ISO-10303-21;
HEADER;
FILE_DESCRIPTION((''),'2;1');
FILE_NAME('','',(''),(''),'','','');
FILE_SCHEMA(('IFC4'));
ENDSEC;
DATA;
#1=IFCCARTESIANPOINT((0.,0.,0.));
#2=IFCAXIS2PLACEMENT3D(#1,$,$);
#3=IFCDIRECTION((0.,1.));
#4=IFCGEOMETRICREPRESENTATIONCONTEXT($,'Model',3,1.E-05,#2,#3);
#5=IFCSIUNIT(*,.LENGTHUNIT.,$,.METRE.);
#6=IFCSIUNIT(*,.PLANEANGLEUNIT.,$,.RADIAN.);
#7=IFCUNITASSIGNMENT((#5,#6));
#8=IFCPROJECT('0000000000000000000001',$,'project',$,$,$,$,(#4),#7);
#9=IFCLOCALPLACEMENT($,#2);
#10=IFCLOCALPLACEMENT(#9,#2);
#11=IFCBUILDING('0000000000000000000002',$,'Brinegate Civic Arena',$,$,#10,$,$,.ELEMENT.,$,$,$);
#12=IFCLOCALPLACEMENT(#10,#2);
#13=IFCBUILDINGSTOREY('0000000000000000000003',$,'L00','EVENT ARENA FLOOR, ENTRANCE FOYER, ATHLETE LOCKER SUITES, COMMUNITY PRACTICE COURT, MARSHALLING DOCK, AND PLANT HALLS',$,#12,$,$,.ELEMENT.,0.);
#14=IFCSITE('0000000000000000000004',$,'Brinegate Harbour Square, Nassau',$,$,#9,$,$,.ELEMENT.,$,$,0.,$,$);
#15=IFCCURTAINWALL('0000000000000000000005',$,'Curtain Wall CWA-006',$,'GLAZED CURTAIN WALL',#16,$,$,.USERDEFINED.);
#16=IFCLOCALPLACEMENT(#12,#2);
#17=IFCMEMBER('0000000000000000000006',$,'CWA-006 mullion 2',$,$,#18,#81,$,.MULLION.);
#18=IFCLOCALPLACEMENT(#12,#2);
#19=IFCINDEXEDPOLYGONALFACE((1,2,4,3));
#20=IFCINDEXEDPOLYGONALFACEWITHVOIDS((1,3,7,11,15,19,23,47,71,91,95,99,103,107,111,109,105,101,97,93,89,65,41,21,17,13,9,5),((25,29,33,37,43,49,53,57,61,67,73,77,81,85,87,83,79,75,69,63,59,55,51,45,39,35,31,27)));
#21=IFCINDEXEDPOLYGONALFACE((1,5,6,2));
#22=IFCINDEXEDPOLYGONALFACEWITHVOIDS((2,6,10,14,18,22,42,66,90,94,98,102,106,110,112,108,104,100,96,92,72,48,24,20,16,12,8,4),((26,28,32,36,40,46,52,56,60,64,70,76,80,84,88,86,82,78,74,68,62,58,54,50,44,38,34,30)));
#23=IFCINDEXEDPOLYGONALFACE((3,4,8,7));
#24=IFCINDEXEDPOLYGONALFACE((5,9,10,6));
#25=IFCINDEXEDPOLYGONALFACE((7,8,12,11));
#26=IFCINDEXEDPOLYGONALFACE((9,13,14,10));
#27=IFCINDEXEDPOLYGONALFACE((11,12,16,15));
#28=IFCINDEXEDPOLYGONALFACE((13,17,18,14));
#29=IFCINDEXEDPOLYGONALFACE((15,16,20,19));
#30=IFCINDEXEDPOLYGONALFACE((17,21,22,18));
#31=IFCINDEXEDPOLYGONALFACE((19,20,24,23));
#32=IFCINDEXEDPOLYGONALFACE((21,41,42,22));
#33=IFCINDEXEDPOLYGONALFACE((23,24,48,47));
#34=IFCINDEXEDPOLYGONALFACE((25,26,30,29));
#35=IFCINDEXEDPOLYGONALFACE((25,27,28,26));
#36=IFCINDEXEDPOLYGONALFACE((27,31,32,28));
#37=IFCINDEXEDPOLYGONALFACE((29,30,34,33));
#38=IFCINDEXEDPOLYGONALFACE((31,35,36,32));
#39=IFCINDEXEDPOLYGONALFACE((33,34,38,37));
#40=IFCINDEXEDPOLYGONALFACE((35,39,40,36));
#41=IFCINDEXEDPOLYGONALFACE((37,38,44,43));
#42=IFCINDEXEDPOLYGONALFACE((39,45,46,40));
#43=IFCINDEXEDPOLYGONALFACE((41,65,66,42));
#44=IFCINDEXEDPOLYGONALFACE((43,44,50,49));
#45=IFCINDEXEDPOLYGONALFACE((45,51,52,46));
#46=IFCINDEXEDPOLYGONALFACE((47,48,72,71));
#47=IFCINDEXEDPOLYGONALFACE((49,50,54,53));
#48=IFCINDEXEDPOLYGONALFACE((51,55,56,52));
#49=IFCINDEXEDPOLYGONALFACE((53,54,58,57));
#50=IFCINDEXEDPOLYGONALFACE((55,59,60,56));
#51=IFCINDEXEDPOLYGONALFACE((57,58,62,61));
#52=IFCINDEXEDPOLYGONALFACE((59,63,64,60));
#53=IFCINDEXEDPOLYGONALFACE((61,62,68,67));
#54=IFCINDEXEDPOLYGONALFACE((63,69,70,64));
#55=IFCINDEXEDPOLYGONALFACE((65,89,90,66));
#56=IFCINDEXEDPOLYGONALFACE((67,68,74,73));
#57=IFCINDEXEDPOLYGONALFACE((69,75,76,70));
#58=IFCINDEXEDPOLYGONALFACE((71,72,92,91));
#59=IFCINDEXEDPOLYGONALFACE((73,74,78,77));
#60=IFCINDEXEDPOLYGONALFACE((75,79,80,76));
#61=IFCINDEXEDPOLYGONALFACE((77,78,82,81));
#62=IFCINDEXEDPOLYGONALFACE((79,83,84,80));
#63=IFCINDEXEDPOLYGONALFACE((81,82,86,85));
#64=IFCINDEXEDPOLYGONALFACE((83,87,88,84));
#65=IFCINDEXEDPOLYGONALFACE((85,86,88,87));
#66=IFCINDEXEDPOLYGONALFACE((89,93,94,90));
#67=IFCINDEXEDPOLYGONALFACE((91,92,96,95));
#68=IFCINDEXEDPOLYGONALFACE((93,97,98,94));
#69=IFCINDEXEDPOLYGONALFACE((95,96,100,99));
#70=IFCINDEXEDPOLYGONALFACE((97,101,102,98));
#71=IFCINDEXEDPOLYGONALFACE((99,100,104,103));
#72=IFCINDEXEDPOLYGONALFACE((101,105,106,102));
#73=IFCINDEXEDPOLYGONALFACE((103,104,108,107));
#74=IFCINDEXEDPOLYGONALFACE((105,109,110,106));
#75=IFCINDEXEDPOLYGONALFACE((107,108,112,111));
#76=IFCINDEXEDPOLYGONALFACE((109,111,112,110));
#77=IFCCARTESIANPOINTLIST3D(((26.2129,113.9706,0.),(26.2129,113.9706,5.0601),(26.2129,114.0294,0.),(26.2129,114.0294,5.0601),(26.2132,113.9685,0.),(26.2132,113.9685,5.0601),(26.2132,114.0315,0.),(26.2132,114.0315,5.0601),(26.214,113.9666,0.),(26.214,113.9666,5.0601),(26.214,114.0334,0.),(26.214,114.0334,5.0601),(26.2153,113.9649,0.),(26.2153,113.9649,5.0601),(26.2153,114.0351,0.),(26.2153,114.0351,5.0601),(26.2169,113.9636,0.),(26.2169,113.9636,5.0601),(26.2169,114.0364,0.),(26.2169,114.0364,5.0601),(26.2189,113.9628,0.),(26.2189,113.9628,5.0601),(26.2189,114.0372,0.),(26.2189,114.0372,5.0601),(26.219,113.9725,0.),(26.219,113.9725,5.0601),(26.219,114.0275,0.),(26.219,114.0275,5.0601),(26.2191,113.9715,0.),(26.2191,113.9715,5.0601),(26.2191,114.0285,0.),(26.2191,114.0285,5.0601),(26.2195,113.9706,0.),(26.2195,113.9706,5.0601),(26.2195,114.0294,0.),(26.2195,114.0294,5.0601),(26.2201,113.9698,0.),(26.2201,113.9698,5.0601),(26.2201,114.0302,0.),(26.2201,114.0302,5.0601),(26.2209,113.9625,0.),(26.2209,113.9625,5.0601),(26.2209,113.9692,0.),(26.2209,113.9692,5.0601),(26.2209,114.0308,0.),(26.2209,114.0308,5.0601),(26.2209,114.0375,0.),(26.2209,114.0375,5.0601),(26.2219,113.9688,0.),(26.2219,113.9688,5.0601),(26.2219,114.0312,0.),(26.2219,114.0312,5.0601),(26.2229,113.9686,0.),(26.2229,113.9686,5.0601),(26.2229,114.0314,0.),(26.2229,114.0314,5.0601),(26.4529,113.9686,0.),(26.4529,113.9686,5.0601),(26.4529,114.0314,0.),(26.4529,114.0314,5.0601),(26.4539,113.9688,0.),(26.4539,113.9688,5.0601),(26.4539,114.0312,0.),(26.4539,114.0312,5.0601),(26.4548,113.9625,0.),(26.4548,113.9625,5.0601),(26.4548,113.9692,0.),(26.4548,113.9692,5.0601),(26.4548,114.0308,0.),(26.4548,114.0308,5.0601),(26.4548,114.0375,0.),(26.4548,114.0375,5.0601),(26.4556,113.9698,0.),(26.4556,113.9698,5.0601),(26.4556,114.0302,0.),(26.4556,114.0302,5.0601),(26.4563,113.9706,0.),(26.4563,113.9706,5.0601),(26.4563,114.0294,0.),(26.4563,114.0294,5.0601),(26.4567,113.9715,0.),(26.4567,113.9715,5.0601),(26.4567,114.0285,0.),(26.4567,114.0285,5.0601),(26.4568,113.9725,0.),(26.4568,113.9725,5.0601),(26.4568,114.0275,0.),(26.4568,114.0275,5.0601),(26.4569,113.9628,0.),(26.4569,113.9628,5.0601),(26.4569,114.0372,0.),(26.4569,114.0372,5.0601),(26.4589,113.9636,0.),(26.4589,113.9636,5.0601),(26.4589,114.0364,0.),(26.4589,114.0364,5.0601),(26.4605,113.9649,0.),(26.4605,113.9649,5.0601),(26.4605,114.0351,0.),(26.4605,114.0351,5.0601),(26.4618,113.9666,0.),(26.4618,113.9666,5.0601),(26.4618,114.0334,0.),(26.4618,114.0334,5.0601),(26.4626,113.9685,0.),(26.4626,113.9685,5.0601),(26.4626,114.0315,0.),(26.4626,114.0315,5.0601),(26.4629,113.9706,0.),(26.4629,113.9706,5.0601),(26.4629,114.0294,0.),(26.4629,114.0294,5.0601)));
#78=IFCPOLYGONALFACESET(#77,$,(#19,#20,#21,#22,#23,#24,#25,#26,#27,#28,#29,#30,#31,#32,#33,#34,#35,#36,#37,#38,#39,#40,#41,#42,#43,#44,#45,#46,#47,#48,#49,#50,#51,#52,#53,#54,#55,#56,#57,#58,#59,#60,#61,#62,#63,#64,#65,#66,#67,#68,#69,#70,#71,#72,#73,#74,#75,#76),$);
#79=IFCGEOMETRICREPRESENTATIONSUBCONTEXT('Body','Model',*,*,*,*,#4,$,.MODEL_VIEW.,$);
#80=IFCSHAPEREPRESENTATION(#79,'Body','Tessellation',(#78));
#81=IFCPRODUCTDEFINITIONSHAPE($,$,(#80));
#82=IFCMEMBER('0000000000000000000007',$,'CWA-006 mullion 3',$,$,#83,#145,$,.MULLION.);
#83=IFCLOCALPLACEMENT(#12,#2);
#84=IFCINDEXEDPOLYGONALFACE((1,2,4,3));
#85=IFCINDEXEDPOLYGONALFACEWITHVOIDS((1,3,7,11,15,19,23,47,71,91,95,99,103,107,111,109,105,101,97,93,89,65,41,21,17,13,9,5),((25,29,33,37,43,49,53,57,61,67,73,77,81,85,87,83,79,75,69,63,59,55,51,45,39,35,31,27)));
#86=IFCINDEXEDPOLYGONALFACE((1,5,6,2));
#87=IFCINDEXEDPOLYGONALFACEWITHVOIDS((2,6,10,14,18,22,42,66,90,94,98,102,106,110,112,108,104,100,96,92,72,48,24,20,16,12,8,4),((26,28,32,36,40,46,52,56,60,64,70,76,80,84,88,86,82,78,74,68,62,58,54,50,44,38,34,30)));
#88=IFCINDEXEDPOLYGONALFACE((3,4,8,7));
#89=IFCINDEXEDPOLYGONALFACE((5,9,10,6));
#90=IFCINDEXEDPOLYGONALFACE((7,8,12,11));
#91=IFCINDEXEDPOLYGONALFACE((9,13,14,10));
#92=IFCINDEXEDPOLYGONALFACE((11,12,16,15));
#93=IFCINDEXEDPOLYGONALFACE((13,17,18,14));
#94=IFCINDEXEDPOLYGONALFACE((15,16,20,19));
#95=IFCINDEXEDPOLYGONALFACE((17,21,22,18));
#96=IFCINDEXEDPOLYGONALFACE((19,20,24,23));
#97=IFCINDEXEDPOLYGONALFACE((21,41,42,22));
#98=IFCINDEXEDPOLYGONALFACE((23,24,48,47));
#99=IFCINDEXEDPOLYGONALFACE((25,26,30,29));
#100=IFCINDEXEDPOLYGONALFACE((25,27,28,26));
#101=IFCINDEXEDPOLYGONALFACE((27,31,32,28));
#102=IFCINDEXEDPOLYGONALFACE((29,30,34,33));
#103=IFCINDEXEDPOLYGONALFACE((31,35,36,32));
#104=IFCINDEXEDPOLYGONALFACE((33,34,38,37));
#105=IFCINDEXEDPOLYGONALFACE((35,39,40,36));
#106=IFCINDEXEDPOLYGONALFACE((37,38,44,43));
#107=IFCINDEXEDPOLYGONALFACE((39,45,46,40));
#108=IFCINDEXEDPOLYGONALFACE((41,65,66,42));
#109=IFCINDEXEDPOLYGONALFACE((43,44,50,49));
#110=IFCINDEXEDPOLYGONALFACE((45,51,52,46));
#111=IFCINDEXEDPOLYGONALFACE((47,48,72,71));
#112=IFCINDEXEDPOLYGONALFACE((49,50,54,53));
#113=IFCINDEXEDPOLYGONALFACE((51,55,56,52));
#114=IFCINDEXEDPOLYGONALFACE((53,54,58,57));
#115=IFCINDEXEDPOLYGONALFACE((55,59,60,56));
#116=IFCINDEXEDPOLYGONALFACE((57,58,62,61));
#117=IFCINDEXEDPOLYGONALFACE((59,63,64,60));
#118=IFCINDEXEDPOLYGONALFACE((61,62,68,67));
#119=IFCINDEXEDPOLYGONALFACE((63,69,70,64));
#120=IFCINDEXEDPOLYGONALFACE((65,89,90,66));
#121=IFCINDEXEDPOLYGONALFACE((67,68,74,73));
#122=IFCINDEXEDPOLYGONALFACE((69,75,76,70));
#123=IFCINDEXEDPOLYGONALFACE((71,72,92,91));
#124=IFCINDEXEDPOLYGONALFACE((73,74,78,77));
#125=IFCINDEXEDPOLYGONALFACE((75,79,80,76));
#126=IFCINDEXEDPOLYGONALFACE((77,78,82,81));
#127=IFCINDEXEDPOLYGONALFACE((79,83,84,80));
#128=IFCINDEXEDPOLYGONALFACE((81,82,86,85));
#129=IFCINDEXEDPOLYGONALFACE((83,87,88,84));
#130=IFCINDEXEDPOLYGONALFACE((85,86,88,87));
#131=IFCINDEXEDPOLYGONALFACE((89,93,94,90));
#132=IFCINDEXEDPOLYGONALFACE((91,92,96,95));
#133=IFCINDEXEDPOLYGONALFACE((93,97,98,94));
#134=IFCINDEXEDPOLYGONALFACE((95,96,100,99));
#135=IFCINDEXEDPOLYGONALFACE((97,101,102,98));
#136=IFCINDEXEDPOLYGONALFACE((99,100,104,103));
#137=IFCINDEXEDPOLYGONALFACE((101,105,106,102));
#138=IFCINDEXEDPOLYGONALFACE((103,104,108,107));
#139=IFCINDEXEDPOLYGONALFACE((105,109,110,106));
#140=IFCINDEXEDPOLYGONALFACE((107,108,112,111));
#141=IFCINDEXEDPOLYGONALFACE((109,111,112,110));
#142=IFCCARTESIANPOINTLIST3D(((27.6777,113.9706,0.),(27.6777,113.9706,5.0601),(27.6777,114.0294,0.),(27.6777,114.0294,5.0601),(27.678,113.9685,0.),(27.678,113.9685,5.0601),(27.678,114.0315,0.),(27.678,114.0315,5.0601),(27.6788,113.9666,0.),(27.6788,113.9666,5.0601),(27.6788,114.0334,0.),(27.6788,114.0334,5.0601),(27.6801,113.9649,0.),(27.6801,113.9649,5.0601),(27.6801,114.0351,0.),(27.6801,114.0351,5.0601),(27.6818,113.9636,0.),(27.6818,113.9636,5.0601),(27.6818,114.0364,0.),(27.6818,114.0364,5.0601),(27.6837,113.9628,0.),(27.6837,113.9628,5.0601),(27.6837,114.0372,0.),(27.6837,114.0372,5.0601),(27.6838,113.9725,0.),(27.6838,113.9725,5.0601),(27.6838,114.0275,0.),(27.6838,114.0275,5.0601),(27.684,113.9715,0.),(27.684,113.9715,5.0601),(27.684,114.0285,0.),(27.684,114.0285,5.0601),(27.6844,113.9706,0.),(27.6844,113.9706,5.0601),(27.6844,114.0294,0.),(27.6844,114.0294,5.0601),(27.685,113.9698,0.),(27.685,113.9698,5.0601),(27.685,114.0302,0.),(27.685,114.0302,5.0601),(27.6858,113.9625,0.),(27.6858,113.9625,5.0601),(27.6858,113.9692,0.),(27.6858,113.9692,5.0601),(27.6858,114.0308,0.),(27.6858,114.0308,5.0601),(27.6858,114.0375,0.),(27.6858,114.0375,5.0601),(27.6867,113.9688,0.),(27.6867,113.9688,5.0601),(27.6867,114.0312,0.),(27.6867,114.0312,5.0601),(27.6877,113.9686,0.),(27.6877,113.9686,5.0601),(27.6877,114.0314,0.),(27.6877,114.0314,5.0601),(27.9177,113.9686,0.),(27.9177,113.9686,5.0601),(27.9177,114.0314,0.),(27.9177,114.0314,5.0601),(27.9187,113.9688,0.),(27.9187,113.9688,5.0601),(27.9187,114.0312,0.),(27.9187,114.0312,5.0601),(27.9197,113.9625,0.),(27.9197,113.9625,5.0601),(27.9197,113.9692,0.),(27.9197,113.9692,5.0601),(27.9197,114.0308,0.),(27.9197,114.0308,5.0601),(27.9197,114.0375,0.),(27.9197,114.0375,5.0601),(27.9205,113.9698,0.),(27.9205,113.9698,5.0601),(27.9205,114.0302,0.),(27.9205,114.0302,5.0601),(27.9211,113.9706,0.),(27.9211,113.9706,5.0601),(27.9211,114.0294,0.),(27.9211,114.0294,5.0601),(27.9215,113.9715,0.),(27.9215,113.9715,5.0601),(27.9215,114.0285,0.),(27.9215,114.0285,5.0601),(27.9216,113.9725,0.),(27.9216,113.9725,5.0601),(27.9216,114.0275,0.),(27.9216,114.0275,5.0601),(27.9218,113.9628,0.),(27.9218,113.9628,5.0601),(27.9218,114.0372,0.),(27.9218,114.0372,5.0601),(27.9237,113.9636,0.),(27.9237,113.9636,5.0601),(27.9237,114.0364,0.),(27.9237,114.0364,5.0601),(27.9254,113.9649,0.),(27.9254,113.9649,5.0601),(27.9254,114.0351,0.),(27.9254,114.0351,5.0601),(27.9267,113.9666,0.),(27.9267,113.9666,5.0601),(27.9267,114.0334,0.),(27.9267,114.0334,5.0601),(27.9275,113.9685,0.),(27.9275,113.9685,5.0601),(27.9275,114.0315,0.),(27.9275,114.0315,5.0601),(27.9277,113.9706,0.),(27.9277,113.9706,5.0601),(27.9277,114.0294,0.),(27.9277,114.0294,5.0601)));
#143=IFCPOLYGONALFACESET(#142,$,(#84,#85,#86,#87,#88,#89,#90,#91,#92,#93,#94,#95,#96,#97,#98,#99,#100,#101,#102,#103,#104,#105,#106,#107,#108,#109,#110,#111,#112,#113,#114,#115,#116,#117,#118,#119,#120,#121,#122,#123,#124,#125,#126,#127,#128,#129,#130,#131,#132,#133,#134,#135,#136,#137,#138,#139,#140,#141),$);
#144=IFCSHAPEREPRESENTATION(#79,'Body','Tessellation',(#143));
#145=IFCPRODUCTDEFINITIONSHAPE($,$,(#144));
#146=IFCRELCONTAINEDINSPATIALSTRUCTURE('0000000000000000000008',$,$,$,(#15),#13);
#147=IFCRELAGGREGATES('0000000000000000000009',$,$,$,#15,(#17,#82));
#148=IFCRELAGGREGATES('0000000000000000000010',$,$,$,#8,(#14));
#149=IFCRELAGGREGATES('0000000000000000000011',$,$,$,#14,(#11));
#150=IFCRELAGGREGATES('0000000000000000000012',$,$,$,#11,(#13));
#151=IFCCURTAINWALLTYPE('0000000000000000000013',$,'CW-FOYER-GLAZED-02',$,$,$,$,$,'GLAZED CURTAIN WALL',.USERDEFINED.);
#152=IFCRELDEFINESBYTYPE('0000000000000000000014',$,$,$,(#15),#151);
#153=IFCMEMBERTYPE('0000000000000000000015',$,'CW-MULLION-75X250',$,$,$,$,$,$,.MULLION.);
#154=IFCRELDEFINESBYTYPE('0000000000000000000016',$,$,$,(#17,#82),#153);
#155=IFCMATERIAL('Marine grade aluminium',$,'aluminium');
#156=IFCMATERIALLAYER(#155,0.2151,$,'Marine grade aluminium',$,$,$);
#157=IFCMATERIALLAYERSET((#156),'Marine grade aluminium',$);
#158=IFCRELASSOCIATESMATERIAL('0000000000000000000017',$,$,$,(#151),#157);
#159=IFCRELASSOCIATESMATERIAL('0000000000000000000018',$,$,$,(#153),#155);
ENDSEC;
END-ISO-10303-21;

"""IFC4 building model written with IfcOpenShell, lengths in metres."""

from ifc_helpers import new_model, si_unit, direction, frame, origin, origin_2d, place, context, subcontext, project, spatial, hollow_rectangle, extrude, material, layer, layer_set, material_profile, profile_set, type_object, element, aggregate, save


model = new_model("IFC4")

# Units and contexts
model_context = context("Model", 3, precision=1e-05, world=origin(), true_north=direction((0.0, 1.0)))
body_context = subcontext(model_context, "Body", "Model", "MODEL_VIEW")
ifc_project = project(units=[si_unit("LENGTHUNIT", "METRE"), si_unit("PLANEANGLEUNIT", "RADIAN")], contexts=[model_context])

# Site, building, storey
site_placement = place(None, origin())
site = spatial("IfcSite", under=ifc_project, at=site_placement, Name="Brinegate Harbour Square, Nassau", CompositionType="ELEMENT", RefElevation=0.0)
building_placement = place(site_placement, origin())
building = spatial("IfcBuilding", under=site, at=building_placement, Name="Brinegate Civic Arena", CompositionType="ELEMENT")
storey_placement = place(building_placement, origin())
storey = spatial("IfcBuildingStorey", under=building, at=storey_placement, Name="L00", Description="EVENT ARENA FLOOR, ENTRANCE FOYER, ATHLETE LOCKER SUITES, COMMUNITY PRACTICE COURT, MARSHALLING DOCK, AND PLANT HALLS", CompositionType="ELEMENT", Elevation=0.0)

# Curtain wall, members
ifc_material_1 = material(Name="Marine grade aluminium", Category="aluminium")
ifc_layer_1 = layer(ifc_material_1, 0.2151, Name="Marine grade aluminium")
ifc_layer_set_1 = layer_set([ifc_layer_1], Name="Marine grade aluminium")
curtain_wall_type = type_object("IfcCurtainWallType", Name="CW-FOYER-GLAZED-02", ElementType="GLAZED CURTAIN WALL", PredefinedType="USERDEFINED", material=ifc_layer_set_1)
curtain_wall_placement = place(storey_placement, origin())
curtain_wall = element("IfcCurtainWall", 1, at=curtain_wall_placement, inside=storey, type_object=curtain_wall_type, Name="Curtain Wall CWA-006", ObjectType="GLAZED CURTAIN WALL", PredefinedType="USERDEFINED")
ifc_material_profile_1 = material_profile(ifc_material_1, hollow_rectangle(XDim=0.075, YDim=0.25, WallThickness=0.0061, InnerFilletRadius=0.0039, OuterFilletRadius=0.0081, at=origin_2d()), Name="MUL75X250")
ifc_profile_set_1 = profile_set([ifc_material_profile_1], Name="Marine grade aluminium")
member_type_1 = type_object("IfcMemberType", Name="CW-MULLION-75X250", PredefinedType="MULLION", material=ifc_profile_set_1)
member_1_placement = place(storey_placement, frame((26.3379, 114.0, 0.0), z_axis=(0.0, 0.0, 1.0), x_axis=(0.0, 1.0, 0.0)))
member_1 = element("IfcMember", 2, at=member_1_placement, type_object=member_type_1, Name="CWA-006 mullion 2", PredefinedType="MULLION", context=body_context, shape_type="SweptSolid", body=[
    extrude(hollow_rectangle(XDim=0.075, YDim=0.25, WallThickness=0.0061, InnerFilletRadius=0.0039, OuterFilletRadius=0.0081, at=origin_2d()), origin(), (0.0, 0.0, 1.0), 5.0601),
])
member_2_placement = place(storey_placement, frame((27.8027, 114.0, 0.0), z_axis=(0.0, 0.0, 1.0), x_axis=(0.0, 1.0, 0.0)))
member_2 = element("IfcMember", 3, at=member_2_placement, type_object=member_type_1, Name="CWA-006 mullion 3", PredefinedType="MULLION", context=body_context, shape_type="SweptSolid", body=[
    extrude(hollow_rectangle(XDim=0.075, YDim=0.25, WallThickness=0.0061, InnerFilletRadius=0.0039, OuterFilletRadius=0.0081, at=origin_2d()), origin(), (0.0, 0.0, 1.0), 5.0601),
])
aggregate(curtain_wall, [member_1, member_2])

save(model, "model.ifc")
